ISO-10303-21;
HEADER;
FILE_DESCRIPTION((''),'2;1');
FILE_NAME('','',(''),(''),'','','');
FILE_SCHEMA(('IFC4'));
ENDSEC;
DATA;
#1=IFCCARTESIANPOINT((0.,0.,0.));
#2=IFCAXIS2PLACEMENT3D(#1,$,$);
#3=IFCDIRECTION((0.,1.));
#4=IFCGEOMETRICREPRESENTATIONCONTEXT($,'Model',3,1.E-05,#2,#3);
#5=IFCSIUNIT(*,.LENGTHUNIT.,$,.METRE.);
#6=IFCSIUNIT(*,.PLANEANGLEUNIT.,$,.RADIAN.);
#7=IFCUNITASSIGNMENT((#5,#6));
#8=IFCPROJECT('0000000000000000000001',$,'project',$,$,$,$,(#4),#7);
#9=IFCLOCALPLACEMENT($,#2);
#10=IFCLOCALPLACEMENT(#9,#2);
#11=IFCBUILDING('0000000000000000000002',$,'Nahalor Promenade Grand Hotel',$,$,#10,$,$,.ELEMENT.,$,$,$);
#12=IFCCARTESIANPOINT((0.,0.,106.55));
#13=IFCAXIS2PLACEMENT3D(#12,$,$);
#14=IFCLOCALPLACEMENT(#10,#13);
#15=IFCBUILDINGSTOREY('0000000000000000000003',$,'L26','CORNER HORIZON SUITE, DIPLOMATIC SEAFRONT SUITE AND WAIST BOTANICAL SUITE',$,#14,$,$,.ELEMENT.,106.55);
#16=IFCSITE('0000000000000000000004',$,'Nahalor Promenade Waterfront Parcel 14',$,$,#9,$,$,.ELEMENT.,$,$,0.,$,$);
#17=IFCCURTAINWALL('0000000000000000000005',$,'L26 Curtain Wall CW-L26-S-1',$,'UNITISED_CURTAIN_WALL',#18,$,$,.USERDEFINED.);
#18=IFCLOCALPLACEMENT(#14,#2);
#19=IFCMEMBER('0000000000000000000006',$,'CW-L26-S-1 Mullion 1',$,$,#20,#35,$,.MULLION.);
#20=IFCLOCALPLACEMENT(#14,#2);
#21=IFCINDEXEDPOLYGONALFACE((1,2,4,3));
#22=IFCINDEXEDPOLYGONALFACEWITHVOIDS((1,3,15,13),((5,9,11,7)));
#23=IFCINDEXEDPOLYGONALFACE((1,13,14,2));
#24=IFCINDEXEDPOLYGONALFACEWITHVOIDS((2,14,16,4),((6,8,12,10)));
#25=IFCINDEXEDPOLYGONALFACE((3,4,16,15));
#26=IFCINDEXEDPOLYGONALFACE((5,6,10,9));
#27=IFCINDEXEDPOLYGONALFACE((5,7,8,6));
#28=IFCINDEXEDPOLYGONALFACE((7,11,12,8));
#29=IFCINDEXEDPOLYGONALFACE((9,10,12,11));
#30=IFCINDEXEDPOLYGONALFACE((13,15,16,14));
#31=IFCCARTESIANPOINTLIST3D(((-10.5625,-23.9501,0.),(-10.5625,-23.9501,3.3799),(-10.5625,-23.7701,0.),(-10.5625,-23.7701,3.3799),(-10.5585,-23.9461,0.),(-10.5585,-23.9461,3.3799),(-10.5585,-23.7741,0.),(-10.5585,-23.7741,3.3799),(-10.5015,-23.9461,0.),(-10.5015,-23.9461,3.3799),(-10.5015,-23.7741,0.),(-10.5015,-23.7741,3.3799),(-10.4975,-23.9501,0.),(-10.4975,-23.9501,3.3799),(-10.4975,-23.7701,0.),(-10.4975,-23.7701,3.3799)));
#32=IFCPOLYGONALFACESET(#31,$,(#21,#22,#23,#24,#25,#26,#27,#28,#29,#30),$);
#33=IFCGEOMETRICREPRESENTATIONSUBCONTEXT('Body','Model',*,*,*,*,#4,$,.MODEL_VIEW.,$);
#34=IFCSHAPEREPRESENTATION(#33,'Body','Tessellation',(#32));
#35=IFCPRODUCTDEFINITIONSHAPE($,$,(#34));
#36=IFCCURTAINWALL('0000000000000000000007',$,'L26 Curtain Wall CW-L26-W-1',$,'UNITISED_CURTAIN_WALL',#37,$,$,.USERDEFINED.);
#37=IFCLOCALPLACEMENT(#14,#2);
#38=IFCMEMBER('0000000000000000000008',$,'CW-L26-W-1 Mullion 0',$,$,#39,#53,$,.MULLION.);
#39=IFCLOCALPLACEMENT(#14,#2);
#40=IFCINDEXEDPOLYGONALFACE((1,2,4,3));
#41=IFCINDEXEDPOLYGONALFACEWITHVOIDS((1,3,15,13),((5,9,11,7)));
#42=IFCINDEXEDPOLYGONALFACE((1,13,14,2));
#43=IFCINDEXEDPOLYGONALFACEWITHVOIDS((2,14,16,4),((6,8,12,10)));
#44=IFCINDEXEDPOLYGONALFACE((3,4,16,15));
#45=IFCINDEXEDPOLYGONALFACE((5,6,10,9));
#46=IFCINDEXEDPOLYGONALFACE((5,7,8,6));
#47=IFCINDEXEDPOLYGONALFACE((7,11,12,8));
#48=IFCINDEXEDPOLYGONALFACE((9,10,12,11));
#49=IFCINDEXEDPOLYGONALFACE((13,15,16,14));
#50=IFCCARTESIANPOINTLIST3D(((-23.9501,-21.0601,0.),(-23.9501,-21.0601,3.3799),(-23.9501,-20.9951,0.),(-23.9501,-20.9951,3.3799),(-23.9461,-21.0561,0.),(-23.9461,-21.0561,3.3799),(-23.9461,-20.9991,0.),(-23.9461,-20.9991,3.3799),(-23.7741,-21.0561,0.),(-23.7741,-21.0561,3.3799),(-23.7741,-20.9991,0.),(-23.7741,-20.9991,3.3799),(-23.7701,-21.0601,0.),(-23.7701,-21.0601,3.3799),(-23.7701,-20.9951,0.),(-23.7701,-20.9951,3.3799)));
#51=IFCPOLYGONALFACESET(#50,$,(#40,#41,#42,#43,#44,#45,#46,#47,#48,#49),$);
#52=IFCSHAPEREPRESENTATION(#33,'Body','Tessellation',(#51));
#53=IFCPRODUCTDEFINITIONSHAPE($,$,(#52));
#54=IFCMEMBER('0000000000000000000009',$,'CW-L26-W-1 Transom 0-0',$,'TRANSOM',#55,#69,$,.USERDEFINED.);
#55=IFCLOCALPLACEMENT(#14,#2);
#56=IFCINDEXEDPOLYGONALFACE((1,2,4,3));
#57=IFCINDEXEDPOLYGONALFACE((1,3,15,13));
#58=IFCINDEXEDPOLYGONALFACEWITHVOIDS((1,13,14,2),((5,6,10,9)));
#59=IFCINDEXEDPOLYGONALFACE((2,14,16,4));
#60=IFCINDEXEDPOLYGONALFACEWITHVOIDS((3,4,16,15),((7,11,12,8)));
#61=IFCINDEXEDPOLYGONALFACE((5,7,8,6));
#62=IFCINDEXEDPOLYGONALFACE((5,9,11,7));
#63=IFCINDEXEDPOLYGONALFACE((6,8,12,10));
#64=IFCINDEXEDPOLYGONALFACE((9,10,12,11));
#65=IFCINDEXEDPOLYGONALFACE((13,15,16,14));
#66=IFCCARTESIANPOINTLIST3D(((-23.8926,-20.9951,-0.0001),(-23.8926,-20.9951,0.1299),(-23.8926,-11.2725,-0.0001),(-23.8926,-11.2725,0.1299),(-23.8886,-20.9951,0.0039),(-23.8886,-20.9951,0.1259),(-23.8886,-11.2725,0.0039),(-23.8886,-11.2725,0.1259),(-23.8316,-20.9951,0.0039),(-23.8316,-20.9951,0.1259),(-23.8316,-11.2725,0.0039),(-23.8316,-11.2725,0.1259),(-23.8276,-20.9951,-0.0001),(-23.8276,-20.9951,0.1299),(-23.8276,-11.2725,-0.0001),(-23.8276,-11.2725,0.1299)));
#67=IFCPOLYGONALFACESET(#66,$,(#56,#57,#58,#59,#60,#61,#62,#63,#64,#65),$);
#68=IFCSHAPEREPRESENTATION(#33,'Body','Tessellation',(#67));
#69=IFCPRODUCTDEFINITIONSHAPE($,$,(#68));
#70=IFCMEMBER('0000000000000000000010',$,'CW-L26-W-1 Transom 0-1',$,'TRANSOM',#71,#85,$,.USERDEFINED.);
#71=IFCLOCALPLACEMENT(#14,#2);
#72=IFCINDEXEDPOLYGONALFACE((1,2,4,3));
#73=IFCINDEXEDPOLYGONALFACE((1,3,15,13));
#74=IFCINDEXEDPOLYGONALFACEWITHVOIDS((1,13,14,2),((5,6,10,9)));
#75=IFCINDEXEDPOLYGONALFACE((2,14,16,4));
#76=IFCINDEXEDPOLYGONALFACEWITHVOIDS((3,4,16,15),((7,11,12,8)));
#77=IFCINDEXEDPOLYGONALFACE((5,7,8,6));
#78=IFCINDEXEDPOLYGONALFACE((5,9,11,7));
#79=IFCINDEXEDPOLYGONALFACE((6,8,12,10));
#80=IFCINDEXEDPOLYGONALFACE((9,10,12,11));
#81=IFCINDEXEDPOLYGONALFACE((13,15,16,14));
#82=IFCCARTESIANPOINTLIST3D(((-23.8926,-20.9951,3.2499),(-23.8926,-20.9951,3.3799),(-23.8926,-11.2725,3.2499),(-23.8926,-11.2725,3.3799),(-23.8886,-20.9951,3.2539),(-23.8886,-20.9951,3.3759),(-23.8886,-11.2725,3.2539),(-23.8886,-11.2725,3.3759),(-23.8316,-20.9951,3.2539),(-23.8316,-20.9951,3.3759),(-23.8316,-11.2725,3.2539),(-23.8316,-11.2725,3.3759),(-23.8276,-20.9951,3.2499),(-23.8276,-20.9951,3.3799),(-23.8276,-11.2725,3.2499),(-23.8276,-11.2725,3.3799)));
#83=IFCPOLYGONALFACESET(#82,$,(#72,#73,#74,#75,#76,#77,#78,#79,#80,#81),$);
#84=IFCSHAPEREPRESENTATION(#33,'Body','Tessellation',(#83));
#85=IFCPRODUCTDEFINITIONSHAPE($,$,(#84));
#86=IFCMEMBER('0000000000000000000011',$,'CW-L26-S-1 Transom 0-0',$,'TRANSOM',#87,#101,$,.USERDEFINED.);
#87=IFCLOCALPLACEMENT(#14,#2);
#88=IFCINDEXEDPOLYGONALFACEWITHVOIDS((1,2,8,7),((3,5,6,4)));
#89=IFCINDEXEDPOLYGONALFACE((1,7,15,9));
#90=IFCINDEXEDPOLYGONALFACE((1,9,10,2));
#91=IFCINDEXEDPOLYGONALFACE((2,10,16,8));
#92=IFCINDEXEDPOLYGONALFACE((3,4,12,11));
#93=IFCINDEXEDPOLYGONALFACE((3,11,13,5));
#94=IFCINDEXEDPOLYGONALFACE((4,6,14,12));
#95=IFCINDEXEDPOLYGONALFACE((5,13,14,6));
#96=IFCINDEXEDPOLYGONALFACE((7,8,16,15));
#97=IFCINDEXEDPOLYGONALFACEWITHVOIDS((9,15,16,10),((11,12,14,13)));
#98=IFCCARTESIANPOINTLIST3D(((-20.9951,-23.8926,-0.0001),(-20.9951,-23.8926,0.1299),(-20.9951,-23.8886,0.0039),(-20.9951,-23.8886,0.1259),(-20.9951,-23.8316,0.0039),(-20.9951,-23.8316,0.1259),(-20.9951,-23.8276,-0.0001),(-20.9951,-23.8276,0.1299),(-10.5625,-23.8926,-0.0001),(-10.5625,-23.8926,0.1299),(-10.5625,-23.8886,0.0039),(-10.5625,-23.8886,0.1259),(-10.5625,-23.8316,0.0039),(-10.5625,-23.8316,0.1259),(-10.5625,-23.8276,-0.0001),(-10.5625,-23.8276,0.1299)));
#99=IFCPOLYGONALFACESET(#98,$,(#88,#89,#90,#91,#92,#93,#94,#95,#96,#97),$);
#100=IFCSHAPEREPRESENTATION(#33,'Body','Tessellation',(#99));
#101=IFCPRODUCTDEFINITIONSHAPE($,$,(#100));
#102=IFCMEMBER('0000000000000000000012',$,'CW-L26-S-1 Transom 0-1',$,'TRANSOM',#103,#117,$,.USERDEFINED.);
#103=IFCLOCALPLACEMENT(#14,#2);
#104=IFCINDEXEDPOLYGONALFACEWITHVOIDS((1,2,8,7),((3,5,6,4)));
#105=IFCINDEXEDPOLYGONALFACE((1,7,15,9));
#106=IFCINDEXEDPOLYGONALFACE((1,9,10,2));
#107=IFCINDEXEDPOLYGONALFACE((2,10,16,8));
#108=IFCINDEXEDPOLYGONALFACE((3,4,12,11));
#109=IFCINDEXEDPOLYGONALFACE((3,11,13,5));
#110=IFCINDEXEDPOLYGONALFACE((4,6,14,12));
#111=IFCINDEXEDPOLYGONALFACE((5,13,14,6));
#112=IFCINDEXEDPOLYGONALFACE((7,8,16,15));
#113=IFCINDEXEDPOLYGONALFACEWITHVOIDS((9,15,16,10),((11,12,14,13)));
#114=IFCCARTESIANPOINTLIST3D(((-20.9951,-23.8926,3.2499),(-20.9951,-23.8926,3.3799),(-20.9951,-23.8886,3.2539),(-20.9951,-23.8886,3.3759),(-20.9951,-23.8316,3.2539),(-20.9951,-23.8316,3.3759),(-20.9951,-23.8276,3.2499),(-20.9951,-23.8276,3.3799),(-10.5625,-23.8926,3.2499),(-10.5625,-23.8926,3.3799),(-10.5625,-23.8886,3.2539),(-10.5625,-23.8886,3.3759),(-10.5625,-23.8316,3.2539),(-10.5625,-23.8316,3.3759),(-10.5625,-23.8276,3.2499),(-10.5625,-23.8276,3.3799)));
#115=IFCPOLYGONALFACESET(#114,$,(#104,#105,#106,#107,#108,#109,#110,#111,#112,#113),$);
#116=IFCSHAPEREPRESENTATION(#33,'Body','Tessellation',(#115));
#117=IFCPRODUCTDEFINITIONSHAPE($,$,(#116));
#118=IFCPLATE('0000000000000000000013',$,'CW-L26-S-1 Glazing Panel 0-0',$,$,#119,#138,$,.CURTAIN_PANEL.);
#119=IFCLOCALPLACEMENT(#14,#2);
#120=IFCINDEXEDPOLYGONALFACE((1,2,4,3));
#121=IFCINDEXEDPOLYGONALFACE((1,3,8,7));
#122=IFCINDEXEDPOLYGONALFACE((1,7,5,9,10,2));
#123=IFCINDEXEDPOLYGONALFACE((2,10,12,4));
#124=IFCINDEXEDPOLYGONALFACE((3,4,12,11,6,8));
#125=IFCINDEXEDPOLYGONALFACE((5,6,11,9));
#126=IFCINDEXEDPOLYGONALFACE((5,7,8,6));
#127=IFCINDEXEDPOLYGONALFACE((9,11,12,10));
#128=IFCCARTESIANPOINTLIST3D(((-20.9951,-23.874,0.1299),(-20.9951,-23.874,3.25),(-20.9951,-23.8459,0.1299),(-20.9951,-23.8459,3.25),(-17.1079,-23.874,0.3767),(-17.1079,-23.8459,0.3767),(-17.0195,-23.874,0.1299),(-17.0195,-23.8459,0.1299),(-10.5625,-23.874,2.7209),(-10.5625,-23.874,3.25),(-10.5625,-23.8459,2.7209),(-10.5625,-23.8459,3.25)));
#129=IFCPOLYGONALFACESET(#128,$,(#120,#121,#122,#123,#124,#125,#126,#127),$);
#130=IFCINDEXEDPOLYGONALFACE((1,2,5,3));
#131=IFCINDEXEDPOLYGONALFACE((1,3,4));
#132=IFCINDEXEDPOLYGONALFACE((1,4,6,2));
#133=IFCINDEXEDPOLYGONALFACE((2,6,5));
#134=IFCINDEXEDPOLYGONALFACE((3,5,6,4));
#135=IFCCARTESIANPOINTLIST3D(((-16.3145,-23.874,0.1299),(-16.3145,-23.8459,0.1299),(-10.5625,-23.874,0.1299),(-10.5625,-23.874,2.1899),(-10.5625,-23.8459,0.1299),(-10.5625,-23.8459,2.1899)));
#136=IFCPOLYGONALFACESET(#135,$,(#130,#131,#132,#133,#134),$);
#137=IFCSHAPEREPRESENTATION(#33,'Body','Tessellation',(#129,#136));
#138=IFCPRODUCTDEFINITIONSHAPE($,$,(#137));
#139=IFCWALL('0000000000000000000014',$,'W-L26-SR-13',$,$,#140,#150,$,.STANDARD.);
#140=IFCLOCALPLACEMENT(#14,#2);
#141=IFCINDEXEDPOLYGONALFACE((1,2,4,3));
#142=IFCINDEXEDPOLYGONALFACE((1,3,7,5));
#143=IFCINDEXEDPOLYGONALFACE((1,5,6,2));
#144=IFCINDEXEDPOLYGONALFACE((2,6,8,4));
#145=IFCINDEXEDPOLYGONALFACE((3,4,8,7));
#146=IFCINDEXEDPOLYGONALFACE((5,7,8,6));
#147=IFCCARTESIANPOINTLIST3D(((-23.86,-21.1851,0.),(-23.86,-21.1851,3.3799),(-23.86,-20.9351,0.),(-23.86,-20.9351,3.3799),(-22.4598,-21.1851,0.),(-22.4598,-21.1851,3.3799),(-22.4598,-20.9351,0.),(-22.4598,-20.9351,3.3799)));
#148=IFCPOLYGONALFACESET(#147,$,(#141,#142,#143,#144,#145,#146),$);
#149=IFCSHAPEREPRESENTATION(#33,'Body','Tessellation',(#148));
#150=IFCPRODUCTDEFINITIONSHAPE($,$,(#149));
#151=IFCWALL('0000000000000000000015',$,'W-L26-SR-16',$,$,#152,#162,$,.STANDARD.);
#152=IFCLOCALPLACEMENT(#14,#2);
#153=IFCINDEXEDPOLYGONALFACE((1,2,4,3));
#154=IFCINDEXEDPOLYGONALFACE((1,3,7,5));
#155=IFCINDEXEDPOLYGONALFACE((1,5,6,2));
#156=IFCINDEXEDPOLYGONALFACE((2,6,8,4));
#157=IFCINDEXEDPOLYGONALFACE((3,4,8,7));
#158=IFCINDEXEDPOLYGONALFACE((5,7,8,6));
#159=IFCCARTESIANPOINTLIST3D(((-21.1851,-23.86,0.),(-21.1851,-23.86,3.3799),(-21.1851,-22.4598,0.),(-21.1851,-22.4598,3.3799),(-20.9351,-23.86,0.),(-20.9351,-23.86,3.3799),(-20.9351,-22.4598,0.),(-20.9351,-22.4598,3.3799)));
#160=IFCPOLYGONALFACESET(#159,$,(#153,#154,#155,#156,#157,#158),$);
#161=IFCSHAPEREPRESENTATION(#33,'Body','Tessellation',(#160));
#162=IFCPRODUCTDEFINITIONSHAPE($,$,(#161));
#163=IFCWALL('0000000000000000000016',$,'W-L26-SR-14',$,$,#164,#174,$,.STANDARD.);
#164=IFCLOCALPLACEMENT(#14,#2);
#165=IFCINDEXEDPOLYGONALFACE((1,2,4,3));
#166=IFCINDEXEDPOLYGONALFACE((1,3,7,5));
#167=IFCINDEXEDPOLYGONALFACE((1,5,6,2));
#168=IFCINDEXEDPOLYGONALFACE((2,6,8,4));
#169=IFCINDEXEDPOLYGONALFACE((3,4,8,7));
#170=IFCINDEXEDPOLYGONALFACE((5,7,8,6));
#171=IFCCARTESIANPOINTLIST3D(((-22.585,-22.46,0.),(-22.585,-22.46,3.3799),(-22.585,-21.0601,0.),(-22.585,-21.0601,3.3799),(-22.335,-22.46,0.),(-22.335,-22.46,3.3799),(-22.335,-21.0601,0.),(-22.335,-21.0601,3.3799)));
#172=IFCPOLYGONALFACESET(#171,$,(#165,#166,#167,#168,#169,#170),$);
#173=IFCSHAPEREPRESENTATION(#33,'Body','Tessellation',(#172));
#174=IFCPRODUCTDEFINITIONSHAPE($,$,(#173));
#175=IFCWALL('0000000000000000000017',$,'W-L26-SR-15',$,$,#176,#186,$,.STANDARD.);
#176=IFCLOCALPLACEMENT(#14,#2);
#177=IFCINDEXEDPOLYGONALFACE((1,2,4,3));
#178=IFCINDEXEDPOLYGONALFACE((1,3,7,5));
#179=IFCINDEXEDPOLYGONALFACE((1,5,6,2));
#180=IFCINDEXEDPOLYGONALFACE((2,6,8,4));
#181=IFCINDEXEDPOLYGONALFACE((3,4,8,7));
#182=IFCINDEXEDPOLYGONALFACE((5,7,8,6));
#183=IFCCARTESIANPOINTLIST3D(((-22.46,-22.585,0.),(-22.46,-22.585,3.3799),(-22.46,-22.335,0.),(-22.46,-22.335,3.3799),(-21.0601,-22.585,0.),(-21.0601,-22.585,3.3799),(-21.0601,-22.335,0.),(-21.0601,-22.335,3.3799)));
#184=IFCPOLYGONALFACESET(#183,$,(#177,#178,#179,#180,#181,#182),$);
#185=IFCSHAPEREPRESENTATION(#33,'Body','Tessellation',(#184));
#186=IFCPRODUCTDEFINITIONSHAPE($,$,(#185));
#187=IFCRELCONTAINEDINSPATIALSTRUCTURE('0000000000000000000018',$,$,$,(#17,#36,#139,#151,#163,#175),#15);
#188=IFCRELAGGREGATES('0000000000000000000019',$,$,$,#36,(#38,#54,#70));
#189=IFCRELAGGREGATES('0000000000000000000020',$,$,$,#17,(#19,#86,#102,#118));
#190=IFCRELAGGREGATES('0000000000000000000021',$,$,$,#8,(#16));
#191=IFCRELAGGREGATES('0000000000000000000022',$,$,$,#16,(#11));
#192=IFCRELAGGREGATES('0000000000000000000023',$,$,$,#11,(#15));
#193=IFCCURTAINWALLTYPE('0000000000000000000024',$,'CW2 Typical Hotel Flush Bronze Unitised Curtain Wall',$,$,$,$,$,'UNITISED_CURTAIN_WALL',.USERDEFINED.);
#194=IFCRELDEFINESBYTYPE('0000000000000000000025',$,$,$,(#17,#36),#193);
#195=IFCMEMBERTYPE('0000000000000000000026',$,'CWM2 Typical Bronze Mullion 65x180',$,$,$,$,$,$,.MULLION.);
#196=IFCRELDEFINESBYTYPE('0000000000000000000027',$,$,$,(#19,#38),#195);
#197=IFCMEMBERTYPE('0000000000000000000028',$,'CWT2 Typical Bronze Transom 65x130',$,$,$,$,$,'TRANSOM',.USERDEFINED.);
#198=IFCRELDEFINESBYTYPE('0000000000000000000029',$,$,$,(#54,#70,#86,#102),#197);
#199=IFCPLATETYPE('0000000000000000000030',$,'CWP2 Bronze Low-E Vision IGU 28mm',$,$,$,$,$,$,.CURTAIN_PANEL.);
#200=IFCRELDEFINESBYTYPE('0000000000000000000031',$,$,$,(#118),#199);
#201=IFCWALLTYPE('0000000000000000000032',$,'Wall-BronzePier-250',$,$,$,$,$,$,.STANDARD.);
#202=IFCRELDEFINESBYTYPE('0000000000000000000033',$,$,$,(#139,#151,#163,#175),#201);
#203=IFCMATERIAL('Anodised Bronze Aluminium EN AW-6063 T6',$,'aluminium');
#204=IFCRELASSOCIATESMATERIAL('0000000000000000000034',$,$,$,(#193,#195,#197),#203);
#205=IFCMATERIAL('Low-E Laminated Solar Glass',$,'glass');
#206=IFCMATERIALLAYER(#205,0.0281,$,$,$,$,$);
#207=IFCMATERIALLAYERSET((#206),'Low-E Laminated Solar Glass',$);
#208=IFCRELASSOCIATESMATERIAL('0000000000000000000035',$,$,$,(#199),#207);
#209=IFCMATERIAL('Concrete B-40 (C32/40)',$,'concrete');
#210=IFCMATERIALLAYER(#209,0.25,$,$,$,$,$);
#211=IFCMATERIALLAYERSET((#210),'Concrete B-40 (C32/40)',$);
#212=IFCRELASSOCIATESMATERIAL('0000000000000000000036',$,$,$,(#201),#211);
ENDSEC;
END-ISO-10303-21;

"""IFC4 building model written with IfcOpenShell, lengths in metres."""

from ifc_helpers import new_model, si_unit, direction, frame, frame_2d, origin, origin_2d, place, context, subcontext, project, spatial, polyline, rectangle, hollow_rectangle, outline, extrude, source, transform, mapped, material, layer, layer_set, material_profile, profile_set, type_object, element, aggregate, save


model = new_model("IFC4")

# Units and contexts
model_context = context("Model", 3, precision=1e-05, world=origin(), true_north=direction((0.0, 1.0)))
body_context = subcontext(model_context, "Body", "Model", "MODEL_VIEW")
ifc_project = project(units=[si_unit("LENGTHUNIT", "METRE"), si_unit("PLANEANGLEUNIT", "RADIAN")], contexts=[model_context])

# Site, building, storey
site_placement = place(None, origin())
site = spatial("IfcSite", under=ifc_project, at=site_placement, Name="Nahalor Promenade Waterfront Parcel 14", CompositionType="ELEMENT", RefElevation=0.0)
building_placement = place(site_placement, origin())
building = spatial("IfcBuilding", under=site, at=building_placement, Name="Nahalor Promenade Grand Hotel", CompositionType="ELEMENT")
storey_placement = place(building_placement, frame((0.0, 0.0, 106.55)))
storey = spatial("IfcBuildingStorey", under=building, at=storey_placement, Name="L26", Description="CORNER HORIZON SUITE, DIPLOMATIC SEAFRONT SUITE AND WAIST BOTANICAL SUITE", CompositionType="ELEMENT", Elevation=106.55)

# Curtain walls, members
ifc_material_1 = material(Name="Anodised Bronze Aluminium EN AW-6063 T6", Category="aluminium")
curtain_wall_type = type_object("IfcCurtainWallType", Name="CW2 Typical Hotel Flush Bronze Unitised Curtain Wall", ElementType="UNITISED_CURTAIN_WALL", PredefinedType="USERDEFINED", material=ifc_material_1)
curtain_wall_1_placement = place(storey_placement, origin())
curtain_wall_1 = element("IfcCurtainWall", 1, at=curtain_wall_1_placement, inside=storey, type_object=curtain_wall_type, Name="L26 Curtain Wall CW-L26-S-1", ObjectType="UNITISED_CURTAIN_WALL", PredefinedType="USERDEFINED")
ifc_material_profile_1 = material_profile(ifc_material_1, hollow_rectangle(XDim=0.065, YDim=0.18, WallThickness=0.004, at=origin_2d()), Name="CWM 65x180x4")
ifc_profile_set_1 = profile_set([ifc_material_profile_1], Name="Anodised Bronze Aluminium EN AW-6063 T6")
member_type_1 = type_object("IfcMemberType", Name="CWM2 Typical Bronze Mullion 65x180", PredefinedType="MULLION", material=ifc_profile_set_1)
shared_shape_1 = source(origin(), body_context, "Body", "SweptSolid", [
    extrude(hollow_rectangle(XDim=0.065, YDim=0.18, WallThickness=0.004, at=origin_2d()), origin(), (0.0, 0.0, 1.0), 3.3799),
])
member_1_placement = place(storey_placement, frame((-10.53, -23.8601, 0.0), z_axis=(0.0, 0.0, 1.0), x_axis=(1.0, 0.0, 0.0)))
member_1 = element("IfcMember", 2, at=member_1_placement, type_object=member_type_1, Name="CW-L26-S-1 Mullion 1", PredefinedType="MULLION", context=body_context, shape_type="MappedRepresentation", body=[
    mapped(shared_shape_1, transform((0.0, 0.0, 0.0), scale=1.0)),
])
curtain_wall_2_placement = place(storey_placement, origin())
curtain_wall_2 = element("IfcCurtainWall", 3, at=curtain_wall_2_placement, inside=storey, type_object=curtain_wall_type, Name="L26 Curtain Wall CW-L26-W-1", ObjectType="UNITISED_CURTAIN_WALL", PredefinedType="USERDEFINED")
member_2_placement = place(storey_placement, frame((-23.8601, -21.0276, 0.0), z_axis=(0.0, 0.0, 1.0), x_axis=(0.0, 1.0, 0.0)))
member_2 = element("IfcMember", 4, at=member_2_placement, type_object=member_type_1, Name="CW-L26-W-1 Mullion 0", PredefinedType="MULLION", context=body_context, shape_type="MappedRepresentation", body=[
    mapped(shared_shape_1, transform((0.0, 0.0, 0.0), scale=1.0)),
])
ifc_material_profile_2 = material_profile(ifc_material_1, hollow_rectangle(XDim=0.065, YDim=0.13, WallThickness=0.004, at=origin_2d()), Name="CWT 65x130x4")
ifc_profile_set_2 = profile_set([ifc_material_profile_2], Name="Anodised Bronze Aluminium EN AW-6063 T6")
member_type_2 = type_object("IfcMemberType", Name="CWT2 Typical Bronze Transom 65x130", ElementType="TRANSOM", PredefinedType="USERDEFINED", material=ifc_profile_set_2)
shared_shape_2 = source(origin(), body_context, "Body", "SweptSolid", [
    extrude(hollow_rectangle(XDim=0.065, YDim=0.13, WallThickness=0.004, at=origin_2d()), origin(), (0.0, 0.0, 1.0), 9.7227),
])
member_3_placement = place(storey_placement, frame((-23.8601, -20.9951, 0.0649), z_axis=(0.0, 1.0, 0.0), x_axis=(-1.0, 0.0, 0.0)))
member_3 = element("IfcMember", 5, at=member_3_placement, type_object=member_type_2, Name="CW-L26-W-1 Transom 0-0", ObjectType="TRANSOM", PredefinedType="USERDEFINED", context=body_context, shape_type="MappedRepresentation", body=[
    mapped(shared_shape_2, transform((0.0, 0.0, 0.0), scale=1.0)),
])
member_4_placement = place(storey_placement, frame((-23.8601, -20.9951, 3.3149), z_axis=(0.0, 1.0, 0.0), x_axis=(-1.0, 0.0, 0.0)))
member_4 = element("IfcMember", 6, at=member_4_placement, type_object=member_type_2, Name="CW-L26-W-1 Transom 0-1", ObjectType="TRANSOM", PredefinedType="USERDEFINED", context=body_context, shape_type="MappedRepresentation", body=[
    mapped(shared_shape_2, transform((0.0, 0.0, 0.0), scale=1.0)),
])
aggregate(curtain_wall_2, [member_2, member_3, member_4])

# Members
shared_shape_3 = source(origin(), body_context, "Body", "SweptSolid", [
    extrude(hollow_rectangle(XDim=0.065, YDim=0.13, WallThickness=0.004, at=origin_2d()), origin(), (0.0, 0.0, 1.0), 10.4326),
])
member_5_placement = place(storey_placement, frame((-20.9951, -23.8601, 0.0649), z_axis=(1.0, 0.0, 0.0), x_axis=(0.0, 1.0, 0.0)))
member_5 = element("IfcMember", 7, at=member_5_placement, type_object=member_type_2, Name="CW-L26-S-1 Transom 0-0", ObjectType="TRANSOM", PredefinedType="USERDEFINED", context=body_context, shape_type="MappedRepresentation", body=[
    mapped(shared_shape_3, transform((0.0, 0.0, 0.0), scale=1.0)),
])
member_6_placement = place(storey_placement, frame((-20.9951, -23.8601, 3.3149), z_axis=(1.0, 0.0, 0.0), x_axis=(0.0, 1.0, 0.0)))
member_6 = element("IfcMember", 8, at=member_6_placement, type_object=member_type_2, Name="CW-L26-S-1 Transom 0-1", ObjectType="TRANSOM", PredefinedType="USERDEFINED", context=body_context, shape_type="MappedRepresentation", body=[
    mapped(shared_shape_3, transform((0.0, 0.0, 0.0), scale=1.0)),
])

# Plate
ifc_material_2 = material(Name="Low-E Laminated Solar Glass", Category="glass")
ifc_layer_1 = layer(ifc_material_2, 0.0281)
ifc_layer_set_1 = layer_set([ifc_layer_1], Name="Low-E Laminated Solar Glass")
plate_type = type_object("IfcPlateType", Name="CWP2 Bronze Low-E Vision IGU 28mm", PredefinedType="CURTAIN_PANEL", material=ifc_layer_set_1)
plate_placement = place(storey_placement, frame((-15.7788, -23.8601, 0.1299), z_axis=(0.0, 0.0, 1.0), x_axis=(1.0, 0.0, 0.0)))
plate = element("IfcPlate", 9, at=plate_placement, type_object=plate_type, Name="CW-L26-S-1 Glazing Panel 0-0", PredefinedType="CURTAIN_PANEL", context=body_context, shape_type="SweptSolid", body=[
    extrude(outline(polyline([(-5.2163, 3.1201), (-5.2163, 0.0), (-1.2407, 0.0), (-1.3291, 0.2468), (5.2163, 2.5911), (5.2163, 3.1201), (-5.2163, 3.1201)])), frame((0.0, 0.0142, 0.0), z_axis=(0.0, -1.0, 0.0), x_axis=(1.0, 0.0, 0.0)), (0.0, 0.0, 1.0), 0.0281),
    extrude(outline(polyline([(-0.5356, 0.0), (5.2163, 0.0), (5.2163, 2.0601), (-0.5356, 0.0)])), frame((0.0, 0.0142, 0.0), z_axis=(0.0, -1.0, 0.0), x_axis=(1.0, 0.0, 0.0)), (0.0, 0.0, 1.0), 0.0281),
])
aggregate(curtain_wall_1, [member_1, member_5, member_6, plate])

# Walls
ifc_material_3 = material(Name="Concrete B-40 (C32/40)", Category="concrete")
ifc_layer_2 = layer(ifc_material_3, 0.25)
ifc_layer_set_2 = layer_set([ifc_layer_2], Name="Concrete B-40 (C32/40)")
wall_type_1 = type_object("IfcWallType", Name="Wall-BronzePier-250", PredefinedType="STANDARD", material=ifc_layer_set_2)
shared_shape_4 = source(origin(), body_context, "Body", "SweptSolid", [
    extrude(rectangle(XDim=1.4001, YDim=0.25, at=frame_2d((0.7002, 0.0))), origin(), (0.0, 0.0, 1.0), 3.3799),
])
for number, where, z_axis, x_axis, name in (
    (10, (-23.8601, -21.0601, 0.0), (0.0, 0.0, 1.0), (1.0, 0.0, 0.0), "W-L26-SR-13"),
    (11, (-21.0601, -23.8601, 0.0), (0.0, 0.0, 1.0), (0.0, 1.0, 0.0), "W-L26-SR-16"),
):
    element("IfcWall", number, at=place(storey_placement, frame(where, z_axis=z_axis, x_axis=x_axis)), inside=storey, type_object=wall_type_1, Name=name, PredefinedType="STANDARD", context=body_context, shape_type="MappedRepresentation", body=[
        mapped(shared_shape_4, transform((0.0, 0.0, 0.0), scale=1.0)),
    ])
shared_shape_5 = source(origin(), body_context, "Body", "SweptSolid", [
    extrude(rectangle(XDim=1.3999, YDim=0.25, at=frame_2d((0.7, 0.0))), origin(), (0.0, 0.0, 1.0), 3.3799),
])
for number, where, z_axis, x_axis, name in (
    (12, (-22.46, -22.46, 0.0), (0.0, 0.0, 1.0), (0.0, 1.0, 0.0), "W-L26-SR-14"),
    (13, (-22.46, -22.46, 0.0), (0.0, 0.0, 1.0), (1.0, 0.0, 0.0), "W-L26-SR-15"),
):
    element("IfcWall", number, at=place(storey_placement, frame(where, z_axis=z_axis, x_axis=x_axis)), inside=storey, type_object=wall_type_1, Name=name, PredefinedType="STANDARD", context=body_context, shape_type="MappedRepresentation", body=[
        mapped(shared_shape_5, transform((0.0, 0.0, 0.0), scale=1.0)),
    ])

save(model, "model.ifc")
